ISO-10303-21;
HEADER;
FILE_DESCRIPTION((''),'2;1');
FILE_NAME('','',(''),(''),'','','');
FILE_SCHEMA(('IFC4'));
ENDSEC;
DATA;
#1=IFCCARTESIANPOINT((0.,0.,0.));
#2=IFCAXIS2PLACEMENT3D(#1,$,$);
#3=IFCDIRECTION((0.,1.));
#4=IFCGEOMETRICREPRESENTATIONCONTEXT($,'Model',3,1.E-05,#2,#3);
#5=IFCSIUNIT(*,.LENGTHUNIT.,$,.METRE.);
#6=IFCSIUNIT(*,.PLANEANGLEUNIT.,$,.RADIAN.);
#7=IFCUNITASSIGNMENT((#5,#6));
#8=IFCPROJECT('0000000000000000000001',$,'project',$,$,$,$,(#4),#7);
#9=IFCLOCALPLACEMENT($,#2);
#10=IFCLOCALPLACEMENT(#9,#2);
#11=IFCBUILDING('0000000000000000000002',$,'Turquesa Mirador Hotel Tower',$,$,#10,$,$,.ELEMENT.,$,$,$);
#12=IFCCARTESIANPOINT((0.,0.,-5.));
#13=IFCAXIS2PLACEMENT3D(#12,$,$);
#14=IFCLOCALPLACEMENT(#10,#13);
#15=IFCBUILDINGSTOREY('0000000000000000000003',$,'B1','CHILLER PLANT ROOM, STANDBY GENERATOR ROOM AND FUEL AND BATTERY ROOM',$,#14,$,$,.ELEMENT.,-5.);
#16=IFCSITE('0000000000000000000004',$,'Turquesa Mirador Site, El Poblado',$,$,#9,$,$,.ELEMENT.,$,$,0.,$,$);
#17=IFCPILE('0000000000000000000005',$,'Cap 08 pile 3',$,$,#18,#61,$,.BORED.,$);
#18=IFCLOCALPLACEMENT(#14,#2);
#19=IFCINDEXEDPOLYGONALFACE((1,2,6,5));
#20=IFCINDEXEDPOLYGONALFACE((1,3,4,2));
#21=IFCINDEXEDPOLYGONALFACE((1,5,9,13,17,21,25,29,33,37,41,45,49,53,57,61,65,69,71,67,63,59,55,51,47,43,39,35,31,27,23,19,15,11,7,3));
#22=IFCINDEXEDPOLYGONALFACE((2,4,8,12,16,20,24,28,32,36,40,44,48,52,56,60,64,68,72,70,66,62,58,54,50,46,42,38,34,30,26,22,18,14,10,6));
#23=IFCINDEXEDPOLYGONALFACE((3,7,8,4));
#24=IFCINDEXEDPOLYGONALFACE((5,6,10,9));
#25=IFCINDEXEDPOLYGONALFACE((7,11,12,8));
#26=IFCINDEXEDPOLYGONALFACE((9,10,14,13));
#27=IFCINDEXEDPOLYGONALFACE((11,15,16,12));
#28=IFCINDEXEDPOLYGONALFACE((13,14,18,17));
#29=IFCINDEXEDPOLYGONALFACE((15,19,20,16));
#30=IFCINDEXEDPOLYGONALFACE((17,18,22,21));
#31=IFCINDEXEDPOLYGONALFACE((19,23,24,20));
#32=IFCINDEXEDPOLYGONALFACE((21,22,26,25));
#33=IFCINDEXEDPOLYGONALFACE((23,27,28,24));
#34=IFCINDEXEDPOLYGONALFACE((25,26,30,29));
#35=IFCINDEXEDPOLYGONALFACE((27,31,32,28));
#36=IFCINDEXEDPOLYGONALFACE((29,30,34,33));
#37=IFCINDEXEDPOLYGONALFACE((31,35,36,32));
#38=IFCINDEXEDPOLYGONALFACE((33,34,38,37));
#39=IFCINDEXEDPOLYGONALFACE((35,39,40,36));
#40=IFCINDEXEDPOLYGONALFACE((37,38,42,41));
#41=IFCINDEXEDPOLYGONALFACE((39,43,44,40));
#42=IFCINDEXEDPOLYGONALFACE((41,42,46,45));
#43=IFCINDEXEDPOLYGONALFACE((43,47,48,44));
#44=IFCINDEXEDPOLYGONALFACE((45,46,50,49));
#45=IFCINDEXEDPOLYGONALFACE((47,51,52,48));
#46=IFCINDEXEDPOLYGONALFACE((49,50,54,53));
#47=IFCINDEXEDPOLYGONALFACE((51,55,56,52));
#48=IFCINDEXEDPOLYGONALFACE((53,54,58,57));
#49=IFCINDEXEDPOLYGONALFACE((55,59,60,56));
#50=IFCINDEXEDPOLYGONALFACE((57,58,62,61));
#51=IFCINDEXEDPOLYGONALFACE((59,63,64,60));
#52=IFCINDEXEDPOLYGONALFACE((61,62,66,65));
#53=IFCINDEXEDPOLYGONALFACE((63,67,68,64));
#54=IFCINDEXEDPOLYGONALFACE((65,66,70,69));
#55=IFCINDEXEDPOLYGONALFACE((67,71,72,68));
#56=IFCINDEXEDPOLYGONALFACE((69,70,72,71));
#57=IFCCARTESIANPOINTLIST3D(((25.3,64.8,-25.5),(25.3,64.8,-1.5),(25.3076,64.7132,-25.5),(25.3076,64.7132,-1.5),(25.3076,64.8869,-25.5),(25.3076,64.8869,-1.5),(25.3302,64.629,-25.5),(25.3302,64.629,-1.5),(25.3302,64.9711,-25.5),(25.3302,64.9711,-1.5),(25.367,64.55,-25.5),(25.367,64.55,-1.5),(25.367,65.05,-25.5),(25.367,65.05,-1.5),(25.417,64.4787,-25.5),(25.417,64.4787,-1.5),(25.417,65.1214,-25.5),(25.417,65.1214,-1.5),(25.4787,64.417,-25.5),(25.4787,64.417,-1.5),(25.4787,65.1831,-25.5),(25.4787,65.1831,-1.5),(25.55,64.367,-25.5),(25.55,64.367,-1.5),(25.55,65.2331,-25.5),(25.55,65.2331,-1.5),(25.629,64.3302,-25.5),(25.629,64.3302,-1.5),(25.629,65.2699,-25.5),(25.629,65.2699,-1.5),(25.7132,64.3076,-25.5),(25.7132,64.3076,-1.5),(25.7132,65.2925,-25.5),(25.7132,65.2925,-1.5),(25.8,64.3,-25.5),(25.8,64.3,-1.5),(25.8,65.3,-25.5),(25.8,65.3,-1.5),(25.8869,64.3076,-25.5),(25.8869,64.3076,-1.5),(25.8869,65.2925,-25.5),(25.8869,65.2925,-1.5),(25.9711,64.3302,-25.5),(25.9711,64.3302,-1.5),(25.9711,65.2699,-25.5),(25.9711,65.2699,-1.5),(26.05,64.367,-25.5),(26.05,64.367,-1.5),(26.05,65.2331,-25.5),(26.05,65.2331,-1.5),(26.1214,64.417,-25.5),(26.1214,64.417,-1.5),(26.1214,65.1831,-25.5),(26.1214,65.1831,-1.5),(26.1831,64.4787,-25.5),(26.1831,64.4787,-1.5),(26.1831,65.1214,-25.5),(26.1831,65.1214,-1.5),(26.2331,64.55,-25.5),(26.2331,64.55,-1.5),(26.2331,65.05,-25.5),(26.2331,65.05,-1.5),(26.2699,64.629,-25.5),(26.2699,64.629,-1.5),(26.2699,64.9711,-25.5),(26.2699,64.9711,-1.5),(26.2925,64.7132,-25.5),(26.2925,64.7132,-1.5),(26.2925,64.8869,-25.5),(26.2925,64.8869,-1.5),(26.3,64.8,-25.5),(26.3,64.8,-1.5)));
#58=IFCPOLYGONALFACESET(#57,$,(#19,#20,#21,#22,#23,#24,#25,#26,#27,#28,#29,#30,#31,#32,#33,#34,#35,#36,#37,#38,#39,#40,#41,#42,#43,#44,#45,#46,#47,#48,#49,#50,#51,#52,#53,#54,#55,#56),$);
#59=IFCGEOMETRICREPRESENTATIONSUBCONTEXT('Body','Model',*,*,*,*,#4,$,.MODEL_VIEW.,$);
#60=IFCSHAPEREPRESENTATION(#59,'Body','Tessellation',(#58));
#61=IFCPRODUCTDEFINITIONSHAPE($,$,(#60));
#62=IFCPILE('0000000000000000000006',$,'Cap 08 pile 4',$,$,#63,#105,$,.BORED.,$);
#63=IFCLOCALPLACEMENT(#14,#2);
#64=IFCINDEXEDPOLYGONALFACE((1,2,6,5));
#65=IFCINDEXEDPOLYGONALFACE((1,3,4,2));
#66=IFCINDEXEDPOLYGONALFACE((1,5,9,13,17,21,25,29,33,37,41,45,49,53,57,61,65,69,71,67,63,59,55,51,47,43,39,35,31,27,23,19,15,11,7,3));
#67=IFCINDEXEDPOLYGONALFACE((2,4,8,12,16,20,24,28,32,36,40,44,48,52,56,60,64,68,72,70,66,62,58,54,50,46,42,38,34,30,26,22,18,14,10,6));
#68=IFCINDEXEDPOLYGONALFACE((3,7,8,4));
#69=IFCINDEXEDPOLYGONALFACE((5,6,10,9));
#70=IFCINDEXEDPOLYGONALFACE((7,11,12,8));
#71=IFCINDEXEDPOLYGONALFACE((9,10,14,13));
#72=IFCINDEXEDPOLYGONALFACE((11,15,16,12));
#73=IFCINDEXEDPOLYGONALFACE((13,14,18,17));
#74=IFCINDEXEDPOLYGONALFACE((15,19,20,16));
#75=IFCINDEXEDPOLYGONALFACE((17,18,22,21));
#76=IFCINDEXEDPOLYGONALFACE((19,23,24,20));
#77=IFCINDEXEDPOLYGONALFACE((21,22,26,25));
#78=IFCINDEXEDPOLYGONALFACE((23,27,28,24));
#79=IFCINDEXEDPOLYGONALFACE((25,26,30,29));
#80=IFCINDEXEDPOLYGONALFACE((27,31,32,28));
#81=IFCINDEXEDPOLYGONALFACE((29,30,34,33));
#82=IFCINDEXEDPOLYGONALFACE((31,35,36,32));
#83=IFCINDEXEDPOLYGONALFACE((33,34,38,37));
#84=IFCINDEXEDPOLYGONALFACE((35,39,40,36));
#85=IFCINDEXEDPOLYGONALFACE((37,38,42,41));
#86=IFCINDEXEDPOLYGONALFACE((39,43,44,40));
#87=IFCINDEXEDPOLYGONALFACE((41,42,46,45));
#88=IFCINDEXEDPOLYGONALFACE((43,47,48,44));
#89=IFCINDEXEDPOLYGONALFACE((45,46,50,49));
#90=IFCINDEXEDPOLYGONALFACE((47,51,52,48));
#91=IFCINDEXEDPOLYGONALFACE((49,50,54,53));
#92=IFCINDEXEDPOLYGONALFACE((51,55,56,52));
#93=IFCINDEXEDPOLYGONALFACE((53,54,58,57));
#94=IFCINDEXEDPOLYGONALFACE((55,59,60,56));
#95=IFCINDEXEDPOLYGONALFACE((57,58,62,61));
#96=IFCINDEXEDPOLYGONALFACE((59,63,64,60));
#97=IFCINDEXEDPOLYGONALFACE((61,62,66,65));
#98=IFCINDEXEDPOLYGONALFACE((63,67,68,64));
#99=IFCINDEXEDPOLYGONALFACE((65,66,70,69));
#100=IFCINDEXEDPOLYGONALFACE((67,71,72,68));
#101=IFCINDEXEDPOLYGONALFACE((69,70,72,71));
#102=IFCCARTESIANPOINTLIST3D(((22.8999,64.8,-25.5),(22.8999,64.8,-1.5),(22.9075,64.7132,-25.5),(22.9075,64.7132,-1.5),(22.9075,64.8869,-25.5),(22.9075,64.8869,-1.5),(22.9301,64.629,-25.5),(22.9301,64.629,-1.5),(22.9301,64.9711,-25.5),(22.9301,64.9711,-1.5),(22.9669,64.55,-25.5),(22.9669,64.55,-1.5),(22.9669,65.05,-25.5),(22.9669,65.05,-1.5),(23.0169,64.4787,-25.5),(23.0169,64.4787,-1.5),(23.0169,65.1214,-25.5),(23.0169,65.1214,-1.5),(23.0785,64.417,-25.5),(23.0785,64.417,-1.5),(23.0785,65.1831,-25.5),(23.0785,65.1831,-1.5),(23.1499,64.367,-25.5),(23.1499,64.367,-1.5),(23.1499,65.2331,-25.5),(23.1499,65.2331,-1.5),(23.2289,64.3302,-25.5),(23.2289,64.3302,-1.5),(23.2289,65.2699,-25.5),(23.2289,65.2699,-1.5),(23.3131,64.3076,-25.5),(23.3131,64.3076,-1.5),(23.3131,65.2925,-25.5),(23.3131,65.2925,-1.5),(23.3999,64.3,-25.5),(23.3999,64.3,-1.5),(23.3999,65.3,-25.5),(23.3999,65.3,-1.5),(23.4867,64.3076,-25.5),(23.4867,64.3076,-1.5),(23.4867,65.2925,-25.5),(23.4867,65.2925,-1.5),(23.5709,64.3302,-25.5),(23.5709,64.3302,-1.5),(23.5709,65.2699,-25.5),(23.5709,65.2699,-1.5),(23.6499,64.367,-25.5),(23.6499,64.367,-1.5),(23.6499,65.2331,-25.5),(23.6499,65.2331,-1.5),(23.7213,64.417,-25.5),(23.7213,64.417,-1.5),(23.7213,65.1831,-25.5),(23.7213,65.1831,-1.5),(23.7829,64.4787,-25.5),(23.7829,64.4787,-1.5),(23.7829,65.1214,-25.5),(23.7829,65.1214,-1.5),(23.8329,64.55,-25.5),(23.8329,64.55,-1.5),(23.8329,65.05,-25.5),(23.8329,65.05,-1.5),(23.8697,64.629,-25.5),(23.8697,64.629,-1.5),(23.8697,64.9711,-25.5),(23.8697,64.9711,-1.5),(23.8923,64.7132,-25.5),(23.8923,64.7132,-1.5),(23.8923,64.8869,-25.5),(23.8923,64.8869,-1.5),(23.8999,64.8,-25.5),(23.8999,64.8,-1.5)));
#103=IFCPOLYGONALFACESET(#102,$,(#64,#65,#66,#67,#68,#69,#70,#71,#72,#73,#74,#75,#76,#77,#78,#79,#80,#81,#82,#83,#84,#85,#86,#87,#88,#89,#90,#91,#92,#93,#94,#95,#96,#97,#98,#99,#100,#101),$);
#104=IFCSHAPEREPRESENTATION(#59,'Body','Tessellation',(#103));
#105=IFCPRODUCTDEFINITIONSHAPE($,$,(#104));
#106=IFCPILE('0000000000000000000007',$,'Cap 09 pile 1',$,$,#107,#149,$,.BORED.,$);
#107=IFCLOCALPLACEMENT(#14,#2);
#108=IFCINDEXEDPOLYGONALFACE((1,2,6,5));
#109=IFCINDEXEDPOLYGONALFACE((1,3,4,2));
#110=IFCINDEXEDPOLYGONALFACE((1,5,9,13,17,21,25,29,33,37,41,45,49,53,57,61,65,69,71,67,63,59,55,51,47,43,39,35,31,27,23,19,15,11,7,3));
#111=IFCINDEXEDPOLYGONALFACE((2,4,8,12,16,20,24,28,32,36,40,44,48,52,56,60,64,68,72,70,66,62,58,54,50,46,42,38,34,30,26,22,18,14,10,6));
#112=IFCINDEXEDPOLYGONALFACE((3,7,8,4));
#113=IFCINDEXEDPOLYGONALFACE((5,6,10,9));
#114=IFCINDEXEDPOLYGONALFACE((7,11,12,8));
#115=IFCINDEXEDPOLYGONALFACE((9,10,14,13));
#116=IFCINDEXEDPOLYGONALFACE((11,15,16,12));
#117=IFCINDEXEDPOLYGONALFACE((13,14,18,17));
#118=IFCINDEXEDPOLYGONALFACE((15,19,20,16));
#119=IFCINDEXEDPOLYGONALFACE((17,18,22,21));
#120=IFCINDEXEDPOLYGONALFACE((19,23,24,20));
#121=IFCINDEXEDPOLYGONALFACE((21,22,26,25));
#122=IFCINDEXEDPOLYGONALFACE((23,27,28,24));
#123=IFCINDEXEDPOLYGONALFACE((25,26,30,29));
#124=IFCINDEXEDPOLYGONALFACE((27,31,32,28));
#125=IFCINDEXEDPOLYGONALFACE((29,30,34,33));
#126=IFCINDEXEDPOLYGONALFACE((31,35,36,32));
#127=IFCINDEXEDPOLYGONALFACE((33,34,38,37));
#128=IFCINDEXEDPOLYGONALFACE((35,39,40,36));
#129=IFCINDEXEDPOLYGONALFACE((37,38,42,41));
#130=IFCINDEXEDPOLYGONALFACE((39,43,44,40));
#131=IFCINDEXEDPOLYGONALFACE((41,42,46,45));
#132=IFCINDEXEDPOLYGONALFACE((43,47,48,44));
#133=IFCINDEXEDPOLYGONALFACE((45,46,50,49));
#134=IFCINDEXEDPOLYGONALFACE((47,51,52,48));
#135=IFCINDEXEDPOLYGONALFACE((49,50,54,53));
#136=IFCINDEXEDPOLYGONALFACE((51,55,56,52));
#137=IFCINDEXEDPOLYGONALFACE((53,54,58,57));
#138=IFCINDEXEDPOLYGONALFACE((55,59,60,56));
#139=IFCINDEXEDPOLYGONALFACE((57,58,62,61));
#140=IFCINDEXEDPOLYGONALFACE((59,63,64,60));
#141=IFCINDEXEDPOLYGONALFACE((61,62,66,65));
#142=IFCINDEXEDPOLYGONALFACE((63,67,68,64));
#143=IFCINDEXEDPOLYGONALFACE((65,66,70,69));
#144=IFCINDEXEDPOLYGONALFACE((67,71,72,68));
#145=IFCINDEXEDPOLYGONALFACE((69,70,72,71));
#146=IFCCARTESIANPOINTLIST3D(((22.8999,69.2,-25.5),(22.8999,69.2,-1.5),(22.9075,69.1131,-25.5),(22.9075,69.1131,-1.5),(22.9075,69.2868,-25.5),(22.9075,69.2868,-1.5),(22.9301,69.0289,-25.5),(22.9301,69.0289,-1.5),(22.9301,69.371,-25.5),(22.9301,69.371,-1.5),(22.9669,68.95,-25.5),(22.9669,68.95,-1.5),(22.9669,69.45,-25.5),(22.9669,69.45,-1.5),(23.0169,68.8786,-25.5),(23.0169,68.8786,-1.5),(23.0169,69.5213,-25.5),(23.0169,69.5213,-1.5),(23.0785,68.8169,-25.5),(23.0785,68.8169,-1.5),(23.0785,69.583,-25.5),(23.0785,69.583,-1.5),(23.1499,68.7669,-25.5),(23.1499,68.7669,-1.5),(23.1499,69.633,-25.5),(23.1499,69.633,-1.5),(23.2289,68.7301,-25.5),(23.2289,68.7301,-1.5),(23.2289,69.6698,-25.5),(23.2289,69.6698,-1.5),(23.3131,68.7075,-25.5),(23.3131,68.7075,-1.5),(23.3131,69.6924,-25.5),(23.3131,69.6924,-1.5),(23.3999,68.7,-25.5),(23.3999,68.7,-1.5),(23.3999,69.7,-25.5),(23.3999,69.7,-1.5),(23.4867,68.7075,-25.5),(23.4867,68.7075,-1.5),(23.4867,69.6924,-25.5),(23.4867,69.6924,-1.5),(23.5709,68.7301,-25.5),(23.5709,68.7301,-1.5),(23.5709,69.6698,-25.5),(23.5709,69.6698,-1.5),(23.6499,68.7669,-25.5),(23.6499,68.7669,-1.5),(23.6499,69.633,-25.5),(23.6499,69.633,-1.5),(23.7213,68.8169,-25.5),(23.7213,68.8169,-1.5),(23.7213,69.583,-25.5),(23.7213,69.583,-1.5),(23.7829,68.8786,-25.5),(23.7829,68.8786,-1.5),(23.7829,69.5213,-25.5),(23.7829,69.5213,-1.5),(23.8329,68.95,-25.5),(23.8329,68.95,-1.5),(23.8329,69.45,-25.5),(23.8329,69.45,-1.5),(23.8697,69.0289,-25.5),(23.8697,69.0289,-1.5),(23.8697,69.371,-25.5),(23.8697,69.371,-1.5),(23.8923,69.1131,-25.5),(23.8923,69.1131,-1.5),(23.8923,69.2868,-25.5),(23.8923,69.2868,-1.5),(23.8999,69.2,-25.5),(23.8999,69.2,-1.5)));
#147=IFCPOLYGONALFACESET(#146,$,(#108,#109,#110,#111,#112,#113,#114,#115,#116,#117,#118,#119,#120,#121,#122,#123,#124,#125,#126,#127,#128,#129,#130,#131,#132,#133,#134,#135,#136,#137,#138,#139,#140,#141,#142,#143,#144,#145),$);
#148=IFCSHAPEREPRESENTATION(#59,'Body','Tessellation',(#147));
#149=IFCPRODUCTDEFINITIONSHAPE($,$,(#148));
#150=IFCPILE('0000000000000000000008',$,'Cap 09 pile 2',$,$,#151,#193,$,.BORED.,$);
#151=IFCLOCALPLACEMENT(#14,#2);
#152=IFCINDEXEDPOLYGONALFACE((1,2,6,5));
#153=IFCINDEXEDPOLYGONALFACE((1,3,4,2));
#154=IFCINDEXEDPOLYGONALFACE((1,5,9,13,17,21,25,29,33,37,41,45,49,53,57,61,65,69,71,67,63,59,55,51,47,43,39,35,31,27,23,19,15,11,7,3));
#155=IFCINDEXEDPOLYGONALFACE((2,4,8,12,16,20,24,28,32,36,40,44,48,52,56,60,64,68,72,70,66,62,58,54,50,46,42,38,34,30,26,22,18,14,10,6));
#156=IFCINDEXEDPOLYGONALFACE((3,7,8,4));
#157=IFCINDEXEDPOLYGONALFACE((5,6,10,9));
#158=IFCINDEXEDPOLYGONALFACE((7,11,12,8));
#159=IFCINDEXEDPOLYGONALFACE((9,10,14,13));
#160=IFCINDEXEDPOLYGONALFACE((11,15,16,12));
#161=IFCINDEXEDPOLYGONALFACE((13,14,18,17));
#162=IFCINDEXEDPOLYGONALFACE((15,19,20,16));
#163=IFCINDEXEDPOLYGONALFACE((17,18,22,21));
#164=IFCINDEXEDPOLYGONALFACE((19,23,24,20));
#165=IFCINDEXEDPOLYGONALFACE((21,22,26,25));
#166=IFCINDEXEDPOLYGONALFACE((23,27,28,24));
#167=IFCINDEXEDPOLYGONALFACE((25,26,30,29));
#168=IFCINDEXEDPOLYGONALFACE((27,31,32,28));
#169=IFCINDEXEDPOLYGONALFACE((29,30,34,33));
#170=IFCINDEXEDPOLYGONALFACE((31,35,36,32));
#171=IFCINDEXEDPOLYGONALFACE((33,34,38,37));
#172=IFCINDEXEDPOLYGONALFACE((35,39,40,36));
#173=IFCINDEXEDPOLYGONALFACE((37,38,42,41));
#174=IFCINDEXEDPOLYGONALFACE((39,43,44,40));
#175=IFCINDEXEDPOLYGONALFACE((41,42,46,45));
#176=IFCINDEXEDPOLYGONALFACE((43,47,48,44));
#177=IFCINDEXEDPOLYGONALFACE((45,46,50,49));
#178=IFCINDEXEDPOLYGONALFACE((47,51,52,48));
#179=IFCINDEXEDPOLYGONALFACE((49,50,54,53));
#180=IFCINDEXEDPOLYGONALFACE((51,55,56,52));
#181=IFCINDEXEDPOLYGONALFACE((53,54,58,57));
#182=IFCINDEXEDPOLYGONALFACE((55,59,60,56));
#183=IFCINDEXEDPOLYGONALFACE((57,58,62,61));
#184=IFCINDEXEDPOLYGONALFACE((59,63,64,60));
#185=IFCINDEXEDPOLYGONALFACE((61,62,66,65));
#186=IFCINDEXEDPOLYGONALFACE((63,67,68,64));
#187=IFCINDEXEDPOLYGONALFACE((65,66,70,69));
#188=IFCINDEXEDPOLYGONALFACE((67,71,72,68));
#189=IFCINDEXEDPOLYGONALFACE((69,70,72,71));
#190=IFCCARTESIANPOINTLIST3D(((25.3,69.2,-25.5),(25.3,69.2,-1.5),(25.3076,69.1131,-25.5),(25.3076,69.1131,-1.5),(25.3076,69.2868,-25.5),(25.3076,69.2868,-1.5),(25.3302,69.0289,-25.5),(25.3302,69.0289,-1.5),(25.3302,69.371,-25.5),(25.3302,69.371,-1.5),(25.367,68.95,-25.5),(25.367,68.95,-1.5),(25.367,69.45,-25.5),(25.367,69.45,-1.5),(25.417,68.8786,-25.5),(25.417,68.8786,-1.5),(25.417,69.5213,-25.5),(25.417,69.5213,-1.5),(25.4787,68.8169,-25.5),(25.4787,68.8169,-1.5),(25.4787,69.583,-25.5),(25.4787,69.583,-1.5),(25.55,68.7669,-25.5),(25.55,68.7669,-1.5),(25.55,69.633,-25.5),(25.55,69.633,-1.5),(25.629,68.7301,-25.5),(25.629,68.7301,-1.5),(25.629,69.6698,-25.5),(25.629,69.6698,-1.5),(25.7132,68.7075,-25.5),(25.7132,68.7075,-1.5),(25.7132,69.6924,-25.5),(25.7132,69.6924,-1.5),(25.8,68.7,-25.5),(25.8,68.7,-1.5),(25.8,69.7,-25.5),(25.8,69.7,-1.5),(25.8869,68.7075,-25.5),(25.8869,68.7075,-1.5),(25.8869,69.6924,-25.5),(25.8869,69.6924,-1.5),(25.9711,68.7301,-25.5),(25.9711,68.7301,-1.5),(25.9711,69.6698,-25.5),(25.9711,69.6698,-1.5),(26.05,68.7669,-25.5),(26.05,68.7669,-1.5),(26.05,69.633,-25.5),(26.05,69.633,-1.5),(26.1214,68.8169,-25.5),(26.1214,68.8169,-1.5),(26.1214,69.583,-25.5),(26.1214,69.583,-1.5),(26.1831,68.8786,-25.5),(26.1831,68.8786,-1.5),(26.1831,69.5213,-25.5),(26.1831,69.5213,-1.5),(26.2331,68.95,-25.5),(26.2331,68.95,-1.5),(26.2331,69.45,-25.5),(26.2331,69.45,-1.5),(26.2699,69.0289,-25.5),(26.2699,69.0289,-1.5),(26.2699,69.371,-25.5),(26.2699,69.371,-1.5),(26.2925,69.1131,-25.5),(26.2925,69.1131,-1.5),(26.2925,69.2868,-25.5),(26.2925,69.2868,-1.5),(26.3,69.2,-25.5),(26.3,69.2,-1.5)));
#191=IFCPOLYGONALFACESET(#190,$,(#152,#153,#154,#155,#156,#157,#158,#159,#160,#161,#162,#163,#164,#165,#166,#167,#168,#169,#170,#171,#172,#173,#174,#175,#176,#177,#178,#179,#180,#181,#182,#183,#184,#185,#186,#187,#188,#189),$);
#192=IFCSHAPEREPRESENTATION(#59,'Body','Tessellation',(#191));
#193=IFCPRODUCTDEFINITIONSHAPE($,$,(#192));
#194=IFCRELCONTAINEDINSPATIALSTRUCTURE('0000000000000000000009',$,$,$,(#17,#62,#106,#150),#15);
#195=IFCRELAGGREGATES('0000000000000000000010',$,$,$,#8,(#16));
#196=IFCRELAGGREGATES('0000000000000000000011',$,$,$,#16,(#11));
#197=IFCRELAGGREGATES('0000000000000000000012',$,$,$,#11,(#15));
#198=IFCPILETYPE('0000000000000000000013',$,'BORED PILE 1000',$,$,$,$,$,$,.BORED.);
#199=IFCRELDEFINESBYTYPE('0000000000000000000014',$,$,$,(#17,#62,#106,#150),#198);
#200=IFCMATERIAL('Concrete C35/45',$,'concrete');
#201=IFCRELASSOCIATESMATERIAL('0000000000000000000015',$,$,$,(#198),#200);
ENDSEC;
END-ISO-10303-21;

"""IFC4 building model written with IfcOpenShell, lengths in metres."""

from ifc_helpers import new_model, si_unit, direction, frame, origin, origin_2d, place, context, subcontext, project, spatial, circle, extrude, material, type_object, element, save


model = new_model("IFC4")

# Units and contexts
model_context = context("Model", 3, precision=1e-05, world=origin(), true_north=direction((0.0, 1.0)))
body_context = subcontext(model_context, "Body", "Model", "MODEL_VIEW")
ifc_project = project(units=[si_unit("LENGTHUNIT", "METRE"), si_unit("PLANEANGLEUNIT", "RADIAN")], contexts=[model_context])

# Site, building, storey
site_placement = place(None, origin())
site = spatial("IfcSite", under=ifc_project, at=site_placement, Name="Turquesa Mirador Site, El Poblado", CompositionType="ELEMENT", RefElevation=0.0)
building_placement = place(site_placement, origin())
building = spatial("IfcBuilding", under=site, at=building_placement, Name="Turquesa Mirador Hotel Tower", CompositionType="ELEMENT")
storey_placement = place(building_placement, frame((0.0, 0.0, -5.0)))
storey = spatial("IfcBuildingStorey", under=building, at=storey_placement, Name="B1", Description="CHILLER PLANT ROOM, STANDBY GENERATOR ROOM AND FUEL AND BATTERY ROOM", CompositionType="ELEMENT", Elevation=-5.0)

# Piles
ifc_material_1 = material(Name="Concrete C35/45", Category="concrete")
pile_type_1 = type_object("IfcPileType", Name="BORED PILE 1000", PredefinedType="BORED", material=ifc_material_1)
for number, where, z_axis, x_axis, name in (
    (1, (25.8, 64.8, -1.5), (0.0, 0.0, -1.0), (1.0, 0.0, 0.0), "Cap 08 pile 3"),
    (2, (23.3999, 64.8, -1.5), (0.0, 0.0, -1.0), (1.0, 0.0, 0.0), "Cap 08 pile 4"),
    (3, (23.3999, 69.2, -1.5), (0.0, 0.0, -1.0), (1.0, 0.0, 0.0), "Cap 09 pile 1"),
    (4, (25.8, 69.2, -1.5), (0.0, 0.0, -1.0), (1.0, 0.0, 0.0), "Cap 09 pile 2"),
):
    element("IfcPile", number, at=place(storey_placement, frame(where, z_axis=z_axis, x_axis=x_axis)), inside=storey, type_object=pile_type_1, Name=name, PredefinedType="BORED", context=body_context, shape_type="SweptSolid", body=[
        extrude(circle(Radius=0.5, at=origin_2d()), origin(), (0.0, 0.0, 1.0), 24.0),
    ])

save(model, "model.ifc")
